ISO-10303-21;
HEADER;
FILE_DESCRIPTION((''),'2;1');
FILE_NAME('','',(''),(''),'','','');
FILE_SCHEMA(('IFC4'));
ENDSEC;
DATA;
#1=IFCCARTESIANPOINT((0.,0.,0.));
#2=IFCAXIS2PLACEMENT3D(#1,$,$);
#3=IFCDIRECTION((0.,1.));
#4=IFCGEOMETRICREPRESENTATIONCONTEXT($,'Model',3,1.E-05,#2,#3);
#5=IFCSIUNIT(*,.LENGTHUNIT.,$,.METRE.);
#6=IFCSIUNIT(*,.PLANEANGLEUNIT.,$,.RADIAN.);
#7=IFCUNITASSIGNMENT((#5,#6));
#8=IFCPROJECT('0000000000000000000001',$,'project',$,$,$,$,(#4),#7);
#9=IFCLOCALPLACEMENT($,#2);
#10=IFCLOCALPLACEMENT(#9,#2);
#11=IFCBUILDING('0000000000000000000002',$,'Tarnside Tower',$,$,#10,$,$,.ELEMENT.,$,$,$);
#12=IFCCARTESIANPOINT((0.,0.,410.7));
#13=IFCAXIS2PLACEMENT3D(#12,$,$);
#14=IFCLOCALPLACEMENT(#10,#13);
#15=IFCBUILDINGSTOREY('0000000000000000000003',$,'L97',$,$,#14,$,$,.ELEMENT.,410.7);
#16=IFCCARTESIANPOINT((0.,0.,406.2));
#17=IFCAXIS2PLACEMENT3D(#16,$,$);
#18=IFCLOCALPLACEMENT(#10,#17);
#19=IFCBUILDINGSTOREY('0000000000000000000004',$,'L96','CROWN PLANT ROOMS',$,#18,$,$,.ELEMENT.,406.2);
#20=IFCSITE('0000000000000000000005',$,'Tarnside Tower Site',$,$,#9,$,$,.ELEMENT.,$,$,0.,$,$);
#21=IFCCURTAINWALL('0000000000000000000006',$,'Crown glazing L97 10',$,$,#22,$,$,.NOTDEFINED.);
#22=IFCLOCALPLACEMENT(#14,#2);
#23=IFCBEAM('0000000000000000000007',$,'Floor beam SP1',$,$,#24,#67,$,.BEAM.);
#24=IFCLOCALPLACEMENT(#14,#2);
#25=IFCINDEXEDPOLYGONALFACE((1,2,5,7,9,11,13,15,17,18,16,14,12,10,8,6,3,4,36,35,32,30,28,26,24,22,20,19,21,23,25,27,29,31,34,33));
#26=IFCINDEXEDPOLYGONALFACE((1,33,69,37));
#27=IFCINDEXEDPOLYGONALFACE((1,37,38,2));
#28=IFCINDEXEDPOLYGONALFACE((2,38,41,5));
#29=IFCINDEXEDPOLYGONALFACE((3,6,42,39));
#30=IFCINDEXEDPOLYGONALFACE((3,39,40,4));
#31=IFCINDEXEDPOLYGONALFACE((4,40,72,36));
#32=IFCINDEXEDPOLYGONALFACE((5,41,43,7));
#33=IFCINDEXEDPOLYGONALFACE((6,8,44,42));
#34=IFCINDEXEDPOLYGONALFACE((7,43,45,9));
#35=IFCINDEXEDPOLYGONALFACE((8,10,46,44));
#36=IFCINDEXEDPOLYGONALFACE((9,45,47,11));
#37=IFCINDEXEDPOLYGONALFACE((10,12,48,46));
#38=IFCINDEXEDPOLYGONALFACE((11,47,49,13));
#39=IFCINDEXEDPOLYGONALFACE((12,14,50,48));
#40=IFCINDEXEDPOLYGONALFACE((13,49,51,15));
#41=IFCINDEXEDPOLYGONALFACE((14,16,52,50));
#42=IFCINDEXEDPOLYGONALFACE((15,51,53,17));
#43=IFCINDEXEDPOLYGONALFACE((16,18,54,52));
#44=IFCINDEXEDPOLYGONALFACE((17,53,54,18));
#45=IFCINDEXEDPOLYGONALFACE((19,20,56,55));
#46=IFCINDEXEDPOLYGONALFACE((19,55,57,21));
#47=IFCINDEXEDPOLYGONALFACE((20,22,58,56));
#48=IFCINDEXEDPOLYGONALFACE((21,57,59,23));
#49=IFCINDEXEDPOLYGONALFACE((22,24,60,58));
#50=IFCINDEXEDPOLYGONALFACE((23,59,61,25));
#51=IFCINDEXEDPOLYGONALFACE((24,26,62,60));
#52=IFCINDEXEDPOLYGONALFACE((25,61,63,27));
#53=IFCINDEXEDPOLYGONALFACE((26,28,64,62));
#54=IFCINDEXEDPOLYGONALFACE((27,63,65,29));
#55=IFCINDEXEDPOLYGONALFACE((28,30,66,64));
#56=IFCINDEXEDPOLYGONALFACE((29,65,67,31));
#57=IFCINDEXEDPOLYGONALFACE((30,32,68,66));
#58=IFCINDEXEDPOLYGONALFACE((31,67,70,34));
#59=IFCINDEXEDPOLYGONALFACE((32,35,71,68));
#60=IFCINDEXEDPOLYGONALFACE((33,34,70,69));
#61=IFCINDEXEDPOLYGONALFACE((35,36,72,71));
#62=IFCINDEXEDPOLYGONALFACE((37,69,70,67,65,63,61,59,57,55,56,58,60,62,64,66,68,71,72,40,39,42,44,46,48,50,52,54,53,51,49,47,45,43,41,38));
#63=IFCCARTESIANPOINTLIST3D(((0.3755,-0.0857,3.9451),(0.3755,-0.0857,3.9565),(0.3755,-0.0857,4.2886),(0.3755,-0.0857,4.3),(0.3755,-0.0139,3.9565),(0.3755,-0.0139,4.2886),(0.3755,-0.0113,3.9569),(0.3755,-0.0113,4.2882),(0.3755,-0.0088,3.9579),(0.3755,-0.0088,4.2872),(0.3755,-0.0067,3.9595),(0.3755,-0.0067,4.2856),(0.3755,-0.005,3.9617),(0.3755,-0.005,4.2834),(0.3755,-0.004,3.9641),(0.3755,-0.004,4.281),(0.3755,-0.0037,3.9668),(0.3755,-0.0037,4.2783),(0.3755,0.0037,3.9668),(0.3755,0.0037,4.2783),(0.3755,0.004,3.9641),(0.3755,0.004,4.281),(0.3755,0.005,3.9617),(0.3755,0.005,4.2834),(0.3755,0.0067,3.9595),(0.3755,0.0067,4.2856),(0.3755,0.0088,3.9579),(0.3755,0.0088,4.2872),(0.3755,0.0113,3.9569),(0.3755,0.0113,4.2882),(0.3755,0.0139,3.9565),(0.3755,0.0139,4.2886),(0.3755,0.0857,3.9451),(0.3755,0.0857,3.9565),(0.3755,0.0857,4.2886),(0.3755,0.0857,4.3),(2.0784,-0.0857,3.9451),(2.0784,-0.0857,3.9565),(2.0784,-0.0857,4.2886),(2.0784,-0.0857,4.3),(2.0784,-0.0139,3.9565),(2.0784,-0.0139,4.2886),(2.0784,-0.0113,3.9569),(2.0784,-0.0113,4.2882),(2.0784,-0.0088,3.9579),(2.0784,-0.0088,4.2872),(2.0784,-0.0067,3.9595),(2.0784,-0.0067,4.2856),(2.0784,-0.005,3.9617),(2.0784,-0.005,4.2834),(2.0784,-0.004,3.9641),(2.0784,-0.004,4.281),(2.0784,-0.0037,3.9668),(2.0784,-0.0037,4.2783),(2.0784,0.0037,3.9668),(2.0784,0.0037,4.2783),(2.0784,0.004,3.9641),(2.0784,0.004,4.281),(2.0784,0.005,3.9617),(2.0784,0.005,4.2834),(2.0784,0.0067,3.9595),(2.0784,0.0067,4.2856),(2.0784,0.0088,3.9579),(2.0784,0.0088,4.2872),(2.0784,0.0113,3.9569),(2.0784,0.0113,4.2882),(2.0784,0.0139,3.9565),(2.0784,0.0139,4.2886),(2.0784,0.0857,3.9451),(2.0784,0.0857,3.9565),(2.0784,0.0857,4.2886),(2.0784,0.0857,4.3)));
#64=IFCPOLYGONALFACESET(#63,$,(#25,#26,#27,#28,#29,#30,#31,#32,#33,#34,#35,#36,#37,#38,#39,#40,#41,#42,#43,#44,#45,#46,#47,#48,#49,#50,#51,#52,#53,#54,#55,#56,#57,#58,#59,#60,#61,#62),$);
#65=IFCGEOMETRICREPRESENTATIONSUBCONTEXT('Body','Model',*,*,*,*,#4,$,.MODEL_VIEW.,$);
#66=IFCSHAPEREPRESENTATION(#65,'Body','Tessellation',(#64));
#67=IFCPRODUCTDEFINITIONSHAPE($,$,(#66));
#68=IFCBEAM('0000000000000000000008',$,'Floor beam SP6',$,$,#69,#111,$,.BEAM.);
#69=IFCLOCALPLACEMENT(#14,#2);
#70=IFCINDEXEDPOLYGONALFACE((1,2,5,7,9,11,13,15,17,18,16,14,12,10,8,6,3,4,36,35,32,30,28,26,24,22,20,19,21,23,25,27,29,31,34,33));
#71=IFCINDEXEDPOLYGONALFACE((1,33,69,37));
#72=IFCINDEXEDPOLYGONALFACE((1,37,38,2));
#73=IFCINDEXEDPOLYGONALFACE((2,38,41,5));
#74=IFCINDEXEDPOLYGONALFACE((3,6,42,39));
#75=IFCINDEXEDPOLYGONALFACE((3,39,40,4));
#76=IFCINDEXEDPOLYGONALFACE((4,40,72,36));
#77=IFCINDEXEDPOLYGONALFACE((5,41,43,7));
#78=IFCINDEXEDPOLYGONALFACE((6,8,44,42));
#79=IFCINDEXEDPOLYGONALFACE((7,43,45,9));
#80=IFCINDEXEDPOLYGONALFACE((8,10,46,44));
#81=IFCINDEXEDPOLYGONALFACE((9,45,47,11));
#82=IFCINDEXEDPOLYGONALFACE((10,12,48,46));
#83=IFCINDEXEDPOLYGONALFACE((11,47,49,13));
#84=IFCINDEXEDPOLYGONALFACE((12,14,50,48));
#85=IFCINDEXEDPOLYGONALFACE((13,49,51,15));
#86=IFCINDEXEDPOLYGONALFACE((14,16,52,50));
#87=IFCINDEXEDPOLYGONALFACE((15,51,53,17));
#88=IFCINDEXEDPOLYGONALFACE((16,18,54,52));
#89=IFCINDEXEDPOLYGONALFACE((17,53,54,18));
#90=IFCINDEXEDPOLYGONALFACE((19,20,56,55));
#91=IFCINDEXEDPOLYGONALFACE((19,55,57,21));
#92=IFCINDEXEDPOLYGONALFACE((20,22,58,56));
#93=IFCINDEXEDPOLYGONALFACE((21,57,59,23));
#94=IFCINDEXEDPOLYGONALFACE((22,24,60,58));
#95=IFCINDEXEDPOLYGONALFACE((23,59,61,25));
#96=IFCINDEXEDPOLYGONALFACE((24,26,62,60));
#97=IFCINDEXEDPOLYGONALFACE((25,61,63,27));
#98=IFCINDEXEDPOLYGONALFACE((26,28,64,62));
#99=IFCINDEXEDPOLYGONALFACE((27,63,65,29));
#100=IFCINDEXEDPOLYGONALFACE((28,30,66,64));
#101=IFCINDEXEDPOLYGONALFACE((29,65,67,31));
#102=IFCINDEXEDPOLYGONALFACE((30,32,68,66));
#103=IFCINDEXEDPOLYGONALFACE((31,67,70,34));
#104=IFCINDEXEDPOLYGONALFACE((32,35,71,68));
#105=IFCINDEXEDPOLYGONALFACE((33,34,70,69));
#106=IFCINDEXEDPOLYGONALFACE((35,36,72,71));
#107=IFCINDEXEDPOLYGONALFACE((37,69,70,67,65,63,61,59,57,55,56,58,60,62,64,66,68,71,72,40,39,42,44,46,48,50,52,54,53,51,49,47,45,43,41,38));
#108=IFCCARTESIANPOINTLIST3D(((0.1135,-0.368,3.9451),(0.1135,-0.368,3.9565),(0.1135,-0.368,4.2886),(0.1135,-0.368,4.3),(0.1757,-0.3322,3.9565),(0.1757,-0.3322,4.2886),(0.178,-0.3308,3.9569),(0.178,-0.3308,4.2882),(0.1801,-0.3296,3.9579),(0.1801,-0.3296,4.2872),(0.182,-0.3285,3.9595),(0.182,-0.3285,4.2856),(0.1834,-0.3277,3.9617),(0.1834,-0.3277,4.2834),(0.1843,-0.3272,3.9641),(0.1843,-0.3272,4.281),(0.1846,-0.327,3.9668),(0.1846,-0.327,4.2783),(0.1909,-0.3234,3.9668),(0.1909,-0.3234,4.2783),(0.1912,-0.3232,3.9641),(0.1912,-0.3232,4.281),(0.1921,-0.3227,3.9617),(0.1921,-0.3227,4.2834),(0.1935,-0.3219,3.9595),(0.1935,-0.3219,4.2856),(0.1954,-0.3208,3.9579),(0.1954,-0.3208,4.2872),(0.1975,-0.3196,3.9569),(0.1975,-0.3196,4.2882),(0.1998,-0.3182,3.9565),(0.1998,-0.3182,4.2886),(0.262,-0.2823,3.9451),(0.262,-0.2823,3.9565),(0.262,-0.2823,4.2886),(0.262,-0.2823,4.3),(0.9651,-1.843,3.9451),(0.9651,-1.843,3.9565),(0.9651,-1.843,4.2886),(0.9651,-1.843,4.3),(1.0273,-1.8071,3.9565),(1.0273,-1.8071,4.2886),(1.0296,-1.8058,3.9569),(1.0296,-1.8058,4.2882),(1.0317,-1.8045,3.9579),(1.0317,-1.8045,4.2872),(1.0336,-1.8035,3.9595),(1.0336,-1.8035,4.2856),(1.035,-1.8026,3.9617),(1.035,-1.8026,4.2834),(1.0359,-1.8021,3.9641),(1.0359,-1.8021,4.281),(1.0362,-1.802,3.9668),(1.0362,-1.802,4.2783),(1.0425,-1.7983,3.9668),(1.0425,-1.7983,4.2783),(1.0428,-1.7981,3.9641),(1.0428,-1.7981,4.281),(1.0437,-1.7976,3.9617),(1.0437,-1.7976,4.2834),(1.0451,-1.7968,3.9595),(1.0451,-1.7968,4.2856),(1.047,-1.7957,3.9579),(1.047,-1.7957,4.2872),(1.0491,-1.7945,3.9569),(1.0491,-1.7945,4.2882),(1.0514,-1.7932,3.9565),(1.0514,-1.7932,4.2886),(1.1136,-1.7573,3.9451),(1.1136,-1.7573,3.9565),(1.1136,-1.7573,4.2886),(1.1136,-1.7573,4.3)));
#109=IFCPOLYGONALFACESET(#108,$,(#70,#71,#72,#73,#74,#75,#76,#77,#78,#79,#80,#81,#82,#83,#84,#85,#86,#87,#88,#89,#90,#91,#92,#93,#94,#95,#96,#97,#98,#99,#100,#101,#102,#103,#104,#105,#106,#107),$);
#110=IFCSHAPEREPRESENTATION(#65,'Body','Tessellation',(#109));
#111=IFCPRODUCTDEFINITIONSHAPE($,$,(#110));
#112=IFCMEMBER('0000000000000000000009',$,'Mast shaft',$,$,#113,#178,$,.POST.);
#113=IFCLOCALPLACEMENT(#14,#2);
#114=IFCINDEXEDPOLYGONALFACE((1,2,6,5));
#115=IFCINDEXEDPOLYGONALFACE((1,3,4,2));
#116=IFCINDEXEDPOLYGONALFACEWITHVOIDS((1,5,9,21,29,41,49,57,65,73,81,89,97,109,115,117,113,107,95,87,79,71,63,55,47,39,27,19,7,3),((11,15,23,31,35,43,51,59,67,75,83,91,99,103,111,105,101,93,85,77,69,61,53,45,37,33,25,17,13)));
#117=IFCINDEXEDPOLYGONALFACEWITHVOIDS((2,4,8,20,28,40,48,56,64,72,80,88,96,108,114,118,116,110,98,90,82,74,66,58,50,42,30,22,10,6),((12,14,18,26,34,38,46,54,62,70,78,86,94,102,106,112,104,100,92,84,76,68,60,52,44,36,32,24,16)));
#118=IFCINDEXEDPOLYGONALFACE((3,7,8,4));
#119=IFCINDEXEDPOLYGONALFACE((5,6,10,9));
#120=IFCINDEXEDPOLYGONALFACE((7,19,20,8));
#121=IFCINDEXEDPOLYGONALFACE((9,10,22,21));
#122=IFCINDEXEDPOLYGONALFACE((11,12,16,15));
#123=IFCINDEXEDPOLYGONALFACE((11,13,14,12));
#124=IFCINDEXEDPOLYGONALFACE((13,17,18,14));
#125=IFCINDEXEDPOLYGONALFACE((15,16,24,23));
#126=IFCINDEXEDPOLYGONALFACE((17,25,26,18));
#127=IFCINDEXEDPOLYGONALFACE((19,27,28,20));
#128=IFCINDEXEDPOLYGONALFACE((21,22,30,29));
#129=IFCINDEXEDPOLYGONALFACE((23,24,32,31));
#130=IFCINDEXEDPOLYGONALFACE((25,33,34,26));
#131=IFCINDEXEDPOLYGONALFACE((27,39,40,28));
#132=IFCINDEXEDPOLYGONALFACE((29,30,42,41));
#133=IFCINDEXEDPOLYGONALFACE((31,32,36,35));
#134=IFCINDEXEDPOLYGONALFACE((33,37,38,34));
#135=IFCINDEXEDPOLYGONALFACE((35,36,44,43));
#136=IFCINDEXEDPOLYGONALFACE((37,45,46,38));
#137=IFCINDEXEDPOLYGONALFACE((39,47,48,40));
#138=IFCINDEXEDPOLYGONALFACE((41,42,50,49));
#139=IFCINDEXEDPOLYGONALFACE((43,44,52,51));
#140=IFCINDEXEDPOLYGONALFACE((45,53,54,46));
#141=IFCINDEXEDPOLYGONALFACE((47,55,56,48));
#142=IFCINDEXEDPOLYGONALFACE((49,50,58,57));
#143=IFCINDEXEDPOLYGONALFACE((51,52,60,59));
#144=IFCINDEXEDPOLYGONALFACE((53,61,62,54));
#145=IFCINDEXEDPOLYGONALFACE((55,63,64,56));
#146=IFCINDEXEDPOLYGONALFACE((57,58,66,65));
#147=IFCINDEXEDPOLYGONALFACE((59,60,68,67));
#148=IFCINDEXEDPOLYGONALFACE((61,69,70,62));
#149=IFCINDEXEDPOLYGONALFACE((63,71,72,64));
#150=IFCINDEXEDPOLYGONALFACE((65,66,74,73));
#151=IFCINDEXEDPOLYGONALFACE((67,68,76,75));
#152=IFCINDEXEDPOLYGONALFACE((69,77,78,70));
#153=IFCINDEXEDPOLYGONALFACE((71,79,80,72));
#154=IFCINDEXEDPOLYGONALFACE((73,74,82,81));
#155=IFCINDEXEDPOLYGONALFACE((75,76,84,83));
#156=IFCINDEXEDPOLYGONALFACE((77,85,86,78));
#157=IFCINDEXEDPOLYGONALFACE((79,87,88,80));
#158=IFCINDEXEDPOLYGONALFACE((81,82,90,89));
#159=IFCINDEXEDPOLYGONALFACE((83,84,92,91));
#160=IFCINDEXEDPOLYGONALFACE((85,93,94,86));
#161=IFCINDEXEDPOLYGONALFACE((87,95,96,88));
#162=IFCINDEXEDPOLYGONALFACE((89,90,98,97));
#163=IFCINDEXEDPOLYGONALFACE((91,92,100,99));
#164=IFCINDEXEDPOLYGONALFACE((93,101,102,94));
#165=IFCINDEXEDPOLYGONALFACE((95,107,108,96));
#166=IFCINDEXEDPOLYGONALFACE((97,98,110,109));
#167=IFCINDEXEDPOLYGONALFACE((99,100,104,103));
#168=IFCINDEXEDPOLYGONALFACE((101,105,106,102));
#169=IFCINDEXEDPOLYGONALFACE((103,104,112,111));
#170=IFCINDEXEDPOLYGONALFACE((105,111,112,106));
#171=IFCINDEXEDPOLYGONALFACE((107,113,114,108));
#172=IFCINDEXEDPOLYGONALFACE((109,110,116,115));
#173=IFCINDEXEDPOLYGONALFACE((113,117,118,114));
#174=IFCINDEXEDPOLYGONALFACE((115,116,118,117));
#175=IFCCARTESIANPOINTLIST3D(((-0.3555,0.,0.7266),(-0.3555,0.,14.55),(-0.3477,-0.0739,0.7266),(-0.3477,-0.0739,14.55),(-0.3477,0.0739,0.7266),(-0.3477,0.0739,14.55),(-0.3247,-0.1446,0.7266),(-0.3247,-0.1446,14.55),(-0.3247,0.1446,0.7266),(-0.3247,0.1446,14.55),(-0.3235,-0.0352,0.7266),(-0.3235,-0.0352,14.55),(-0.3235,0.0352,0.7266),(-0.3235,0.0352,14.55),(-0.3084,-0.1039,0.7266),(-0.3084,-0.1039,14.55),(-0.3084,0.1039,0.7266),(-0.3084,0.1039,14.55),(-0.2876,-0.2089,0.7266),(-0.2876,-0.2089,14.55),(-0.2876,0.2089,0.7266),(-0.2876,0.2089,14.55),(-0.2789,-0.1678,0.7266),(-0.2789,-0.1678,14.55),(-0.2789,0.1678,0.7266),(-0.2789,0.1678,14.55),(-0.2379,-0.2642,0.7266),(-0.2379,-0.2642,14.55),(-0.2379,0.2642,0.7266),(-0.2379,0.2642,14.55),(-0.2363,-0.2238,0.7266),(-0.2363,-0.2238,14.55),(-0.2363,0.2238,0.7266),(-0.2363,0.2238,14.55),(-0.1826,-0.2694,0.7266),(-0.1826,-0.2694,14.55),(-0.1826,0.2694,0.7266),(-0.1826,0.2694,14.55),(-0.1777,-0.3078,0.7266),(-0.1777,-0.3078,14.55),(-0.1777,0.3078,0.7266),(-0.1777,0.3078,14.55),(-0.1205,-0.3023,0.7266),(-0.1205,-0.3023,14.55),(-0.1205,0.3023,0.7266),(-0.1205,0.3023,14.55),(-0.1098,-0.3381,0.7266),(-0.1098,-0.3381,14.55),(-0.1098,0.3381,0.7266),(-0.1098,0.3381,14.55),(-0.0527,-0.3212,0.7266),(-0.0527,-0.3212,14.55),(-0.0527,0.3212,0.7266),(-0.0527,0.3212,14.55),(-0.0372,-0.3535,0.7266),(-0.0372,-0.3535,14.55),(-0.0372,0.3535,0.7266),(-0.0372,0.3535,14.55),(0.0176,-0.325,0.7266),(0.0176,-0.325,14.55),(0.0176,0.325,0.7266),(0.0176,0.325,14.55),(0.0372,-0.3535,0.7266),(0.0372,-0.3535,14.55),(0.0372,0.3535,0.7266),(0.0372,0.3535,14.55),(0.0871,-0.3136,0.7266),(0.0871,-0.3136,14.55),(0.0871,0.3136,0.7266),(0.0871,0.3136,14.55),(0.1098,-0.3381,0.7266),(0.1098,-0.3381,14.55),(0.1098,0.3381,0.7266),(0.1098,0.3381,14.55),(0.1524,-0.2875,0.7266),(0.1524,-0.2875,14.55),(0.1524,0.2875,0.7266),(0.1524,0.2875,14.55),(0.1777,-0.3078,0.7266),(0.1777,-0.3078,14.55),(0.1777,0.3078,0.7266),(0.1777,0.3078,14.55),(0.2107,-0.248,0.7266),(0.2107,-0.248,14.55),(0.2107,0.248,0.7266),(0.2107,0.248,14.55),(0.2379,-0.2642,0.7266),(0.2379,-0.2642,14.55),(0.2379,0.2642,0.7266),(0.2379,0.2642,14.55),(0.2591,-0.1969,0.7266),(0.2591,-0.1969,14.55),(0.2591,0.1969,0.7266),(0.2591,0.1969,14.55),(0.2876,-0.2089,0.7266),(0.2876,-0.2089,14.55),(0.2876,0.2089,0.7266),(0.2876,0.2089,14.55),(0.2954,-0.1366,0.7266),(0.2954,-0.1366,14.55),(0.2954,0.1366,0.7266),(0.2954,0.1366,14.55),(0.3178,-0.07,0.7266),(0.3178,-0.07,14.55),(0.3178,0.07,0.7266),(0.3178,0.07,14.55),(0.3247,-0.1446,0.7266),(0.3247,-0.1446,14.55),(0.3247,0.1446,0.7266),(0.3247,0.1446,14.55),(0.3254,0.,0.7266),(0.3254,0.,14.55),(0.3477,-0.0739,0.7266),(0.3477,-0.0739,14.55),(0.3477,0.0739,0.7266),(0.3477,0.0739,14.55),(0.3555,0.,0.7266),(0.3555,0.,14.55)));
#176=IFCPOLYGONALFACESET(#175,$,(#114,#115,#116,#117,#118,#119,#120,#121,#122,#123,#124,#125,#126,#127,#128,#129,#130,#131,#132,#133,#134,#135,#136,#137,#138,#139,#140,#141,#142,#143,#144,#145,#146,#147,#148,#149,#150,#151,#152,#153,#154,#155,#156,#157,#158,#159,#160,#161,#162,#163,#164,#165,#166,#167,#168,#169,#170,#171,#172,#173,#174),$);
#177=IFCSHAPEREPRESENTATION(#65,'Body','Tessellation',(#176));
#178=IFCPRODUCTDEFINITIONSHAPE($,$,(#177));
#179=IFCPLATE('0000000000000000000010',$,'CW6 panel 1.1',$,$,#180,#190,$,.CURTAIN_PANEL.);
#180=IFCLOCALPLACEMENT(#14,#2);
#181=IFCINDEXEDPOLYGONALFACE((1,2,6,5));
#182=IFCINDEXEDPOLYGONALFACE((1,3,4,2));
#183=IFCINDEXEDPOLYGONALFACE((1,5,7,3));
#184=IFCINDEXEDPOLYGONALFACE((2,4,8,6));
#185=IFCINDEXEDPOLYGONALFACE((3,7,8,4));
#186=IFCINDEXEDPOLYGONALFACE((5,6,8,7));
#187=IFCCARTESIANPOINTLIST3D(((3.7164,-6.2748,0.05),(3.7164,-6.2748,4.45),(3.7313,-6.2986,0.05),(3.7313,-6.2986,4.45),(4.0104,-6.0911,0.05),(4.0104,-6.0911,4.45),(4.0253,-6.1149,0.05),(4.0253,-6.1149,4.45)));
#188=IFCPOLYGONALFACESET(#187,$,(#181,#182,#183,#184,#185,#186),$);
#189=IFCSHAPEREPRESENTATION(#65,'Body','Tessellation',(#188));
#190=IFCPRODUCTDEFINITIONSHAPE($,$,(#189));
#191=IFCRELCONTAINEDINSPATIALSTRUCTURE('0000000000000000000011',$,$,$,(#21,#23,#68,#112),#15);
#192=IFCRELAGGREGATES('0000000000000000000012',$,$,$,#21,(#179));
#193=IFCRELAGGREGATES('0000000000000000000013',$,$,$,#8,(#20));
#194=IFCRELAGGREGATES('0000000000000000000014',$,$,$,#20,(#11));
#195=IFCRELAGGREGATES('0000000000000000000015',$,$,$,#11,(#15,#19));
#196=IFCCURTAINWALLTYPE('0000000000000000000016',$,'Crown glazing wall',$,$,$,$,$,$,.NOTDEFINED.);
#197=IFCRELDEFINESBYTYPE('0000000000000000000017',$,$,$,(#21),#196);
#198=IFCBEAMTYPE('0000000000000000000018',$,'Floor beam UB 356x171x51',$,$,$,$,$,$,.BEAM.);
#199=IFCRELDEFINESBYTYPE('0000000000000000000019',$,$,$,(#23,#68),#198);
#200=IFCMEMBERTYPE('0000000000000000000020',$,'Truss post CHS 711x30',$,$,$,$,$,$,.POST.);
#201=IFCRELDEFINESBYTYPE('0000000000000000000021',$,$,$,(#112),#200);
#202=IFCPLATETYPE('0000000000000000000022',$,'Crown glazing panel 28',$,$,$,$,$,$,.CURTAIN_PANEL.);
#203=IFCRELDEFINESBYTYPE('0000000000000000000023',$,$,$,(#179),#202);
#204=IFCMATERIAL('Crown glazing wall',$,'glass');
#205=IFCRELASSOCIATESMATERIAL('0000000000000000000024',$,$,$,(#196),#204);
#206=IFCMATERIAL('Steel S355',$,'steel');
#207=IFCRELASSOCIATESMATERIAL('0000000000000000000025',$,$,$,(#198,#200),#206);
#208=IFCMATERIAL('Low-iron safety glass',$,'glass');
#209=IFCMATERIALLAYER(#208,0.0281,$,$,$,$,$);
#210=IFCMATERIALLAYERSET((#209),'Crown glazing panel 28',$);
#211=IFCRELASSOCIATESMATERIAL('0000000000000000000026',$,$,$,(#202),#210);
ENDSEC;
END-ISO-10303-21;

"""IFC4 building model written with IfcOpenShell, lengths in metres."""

from ifc_helpers import new_model, si_unit, direction, frame, origin, origin_2d, place, context, subcontext, project, spatial, rectangle, hollow_circle, i_section, extrude, material, layer, layer_set, material_profile, profile_set, type_object, element, aggregate, save


model = new_model("IFC4")

# Units and contexts
model_context = context("Model", 3, precision=1e-05, world=origin(), true_north=direction((0.0, 1.0)))
body_context = subcontext(model_context, "Body", "Model", "MODEL_VIEW")
ifc_project = project(units=[si_unit("LENGTHUNIT", "METRE"), si_unit("PLANEANGLEUNIT", "RADIAN")], contexts=[model_context])

# Site, building, storey
site_placement = place(None, origin())
site = spatial("IfcSite", under=ifc_project, at=site_placement, Name="Tarnside Tower Site", CompositionType="ELEMENT", RefElevation=0.0)
building_placement = place(site_placement, origin())
building = spatial("IfcBuilding", under=site, at=building_placement, Name="Tarnside Tower", CompositionType="ELEMENT")
storey_1_placement = place(building_placement, frame((0.0, 0.0, 410.7)))
storey_1 = spatial("IfcBuildingStorey", under=building, at=storey_1_placement, Name="L97", CompositionType="ELEMENT", Elevation=410.7)

# Curtain wall
ifc_material_1 = material(Name="Crown glazing wall", Category="glass")
curtain_wall_type_1 = type_object("IfcCurtainWallType", Name="Crown glazing wall", PredefinedType="NOTDEFINED", material=ifc_material_1)
curtain_wall_1_placement = place(storey_1_placement, origin())
curtain_wall_1 = element("IfcCurtainWall", 1, at=curtain_wall_1_placement, inside=storey_1, type_object=curtain_wall_type_1, Name="Crown glazing L97 10", PredefinedType="NOTDEFINED")

# Shared definitions
ifc_material_2 = material(Name="Steel S355", Category="steel")

# Beams
ifc_material_profile_1 = material_profile(ifc_material_2, i_section(OverallWidth=0.1714, OverallDepth=0.355, WebThickness=0.0073, FlangeThickness=0.0115, FilletRadius=0.0103, at=origin_2d()), Name="UB 356x171x51")
ifc_profile_set_1 = profile_set([ifc_material_profile_1], Name="Steel S355")
beam_type_1 = type_object("IfcBeamType", Name="Floor beam UB 356x171x51", PredefinedType="BEAM", material=ifc_profile_set_1)
beam_1_placement = place(storey_1_placement, frame((0.3755, 0.0, 4.1226), z_axis=(1.0, 0.0, 0.0), x_axis=(0.0, 1.0, 0.0)))
element("IfcBeam", 2, at=beam_1_placement, inside=storey_1, type_object=beam_type_1, Name="Floor beam SP1", PredefinedType="BEAM", context=body_context, shape_type="SweptSolid", body=[
    extrude(i_section(OverallWidth=0.1714, OverallDepth=0.355, WebThickness=0.0073, FlangeThickness=0.0115, FilletRadius=0.0103, at=origin_2d()), origin(), (0.0, 0.0, 1.0), 1.7029),
])
beam_2_placement = place(storey_1_placement, frame((0.1877, -0.3252, 4.1226), z_axis=(0.500024, -0.866011, 0.0), x_axis=(0.866011, 0.500024, 0.0)))
element("IfcBeam", 3, at=beam_2_placement, inside=storey_1, type_object=beam_type_1, Name="Floor beam SP6", PredefinedType="BEAM", context=body_context, shape_type="SweptSolid", body=[
    extrude(i_section(OverallWidth=0.1714, OverallDepth=0.355, WebThickness=0.0073, FlangeThickness=0.0115, FilletRadius=0.0103, at=origin_2d()), origin(), (0.0, 0.0, 1.0), 1.7031),
])

# Member
ifc_material_profile_2 = material_profile(ifc_material_2, hollow_circle(Radius=0.3555, WallThickness=0.03, at=origin_2d()), Name="CHS 711x30")
ifc_profile_set_2 = profile_set([ifc_material_profile_2], Name="Steel S355")
member_type_1 = type_object("IfcMemberType", Name="Truss post CHS 711x30", PredefinedType="POST", material=ifc_profile_set_2)
member_1_placement = place(storey_1_placement, frame((0.0, 0.0, 0.7266), z_axis=(0.0, 0.0, 1.0), x_axis=(1.0, 0.0, 0.0)))
element("IfcMember", 4, at=member_1_placement, inside=storey_1, type_object=member_type_1, Name="Mast shaft", PredefinedType="POST", context=body_context, shape_type="SweptSolid", body=[
    extrude(hollow_circle(Radius=0.3555, WallThickness=0.03, at=origin_2d()), origin(), (0.0, 0.0, 1.0), 13.8235),
])

# Plate
ifc_material_3 = material(Name="Low-iron safety glass", Category="glass")
ifc_layer_1 = layer(ifc_material_3, 0.0281)
ifc_layer_set_1 = layer_set([ifc_layer_1], Name="Crown glazing panel 28")
plate_type_1 = type_object("IfcPlateType", Name="Crown glazing panel 28", PredefinedType="CURTAIN_PANEL", material=ifc_layer_set_1)
plate_1_placement = place(storey_1_placement, frame((3.8708, -6.1948, 0.05), z_axis=(0.0, 0.0, 1.0), x_axis=(-0.848048, -0.529919, 0.0)))
plate_1 = element("IfcPlate", 5, at=plate_1_placement, type_object=plate_type_1, Name="CW6 panel 1.1", PredefinedType="CURTAIN_PANEL", context=body_context, shape_type="SweptSolid", body=[
    extrude(rectangle(XDim=0.3467, YDim=0.0281, at=origin_2d()), origin(), (0.0, 0.0, 1.0), 4.3999),
])
aggregate(curtain_wall_1, [plate_1])

# Shared definitions
storey_2_placement = place(building_placement, frame((0.0, 0.0, 406.2)))
storey_2 = spatial("IfcBuildingStorey", under=building, at=storey_2_placement, Name="L96", Description="CROWN PLANT ROOMS", CompositionType="ELEMENT", Elevation=406.2)

save(model, "model.ifc")
